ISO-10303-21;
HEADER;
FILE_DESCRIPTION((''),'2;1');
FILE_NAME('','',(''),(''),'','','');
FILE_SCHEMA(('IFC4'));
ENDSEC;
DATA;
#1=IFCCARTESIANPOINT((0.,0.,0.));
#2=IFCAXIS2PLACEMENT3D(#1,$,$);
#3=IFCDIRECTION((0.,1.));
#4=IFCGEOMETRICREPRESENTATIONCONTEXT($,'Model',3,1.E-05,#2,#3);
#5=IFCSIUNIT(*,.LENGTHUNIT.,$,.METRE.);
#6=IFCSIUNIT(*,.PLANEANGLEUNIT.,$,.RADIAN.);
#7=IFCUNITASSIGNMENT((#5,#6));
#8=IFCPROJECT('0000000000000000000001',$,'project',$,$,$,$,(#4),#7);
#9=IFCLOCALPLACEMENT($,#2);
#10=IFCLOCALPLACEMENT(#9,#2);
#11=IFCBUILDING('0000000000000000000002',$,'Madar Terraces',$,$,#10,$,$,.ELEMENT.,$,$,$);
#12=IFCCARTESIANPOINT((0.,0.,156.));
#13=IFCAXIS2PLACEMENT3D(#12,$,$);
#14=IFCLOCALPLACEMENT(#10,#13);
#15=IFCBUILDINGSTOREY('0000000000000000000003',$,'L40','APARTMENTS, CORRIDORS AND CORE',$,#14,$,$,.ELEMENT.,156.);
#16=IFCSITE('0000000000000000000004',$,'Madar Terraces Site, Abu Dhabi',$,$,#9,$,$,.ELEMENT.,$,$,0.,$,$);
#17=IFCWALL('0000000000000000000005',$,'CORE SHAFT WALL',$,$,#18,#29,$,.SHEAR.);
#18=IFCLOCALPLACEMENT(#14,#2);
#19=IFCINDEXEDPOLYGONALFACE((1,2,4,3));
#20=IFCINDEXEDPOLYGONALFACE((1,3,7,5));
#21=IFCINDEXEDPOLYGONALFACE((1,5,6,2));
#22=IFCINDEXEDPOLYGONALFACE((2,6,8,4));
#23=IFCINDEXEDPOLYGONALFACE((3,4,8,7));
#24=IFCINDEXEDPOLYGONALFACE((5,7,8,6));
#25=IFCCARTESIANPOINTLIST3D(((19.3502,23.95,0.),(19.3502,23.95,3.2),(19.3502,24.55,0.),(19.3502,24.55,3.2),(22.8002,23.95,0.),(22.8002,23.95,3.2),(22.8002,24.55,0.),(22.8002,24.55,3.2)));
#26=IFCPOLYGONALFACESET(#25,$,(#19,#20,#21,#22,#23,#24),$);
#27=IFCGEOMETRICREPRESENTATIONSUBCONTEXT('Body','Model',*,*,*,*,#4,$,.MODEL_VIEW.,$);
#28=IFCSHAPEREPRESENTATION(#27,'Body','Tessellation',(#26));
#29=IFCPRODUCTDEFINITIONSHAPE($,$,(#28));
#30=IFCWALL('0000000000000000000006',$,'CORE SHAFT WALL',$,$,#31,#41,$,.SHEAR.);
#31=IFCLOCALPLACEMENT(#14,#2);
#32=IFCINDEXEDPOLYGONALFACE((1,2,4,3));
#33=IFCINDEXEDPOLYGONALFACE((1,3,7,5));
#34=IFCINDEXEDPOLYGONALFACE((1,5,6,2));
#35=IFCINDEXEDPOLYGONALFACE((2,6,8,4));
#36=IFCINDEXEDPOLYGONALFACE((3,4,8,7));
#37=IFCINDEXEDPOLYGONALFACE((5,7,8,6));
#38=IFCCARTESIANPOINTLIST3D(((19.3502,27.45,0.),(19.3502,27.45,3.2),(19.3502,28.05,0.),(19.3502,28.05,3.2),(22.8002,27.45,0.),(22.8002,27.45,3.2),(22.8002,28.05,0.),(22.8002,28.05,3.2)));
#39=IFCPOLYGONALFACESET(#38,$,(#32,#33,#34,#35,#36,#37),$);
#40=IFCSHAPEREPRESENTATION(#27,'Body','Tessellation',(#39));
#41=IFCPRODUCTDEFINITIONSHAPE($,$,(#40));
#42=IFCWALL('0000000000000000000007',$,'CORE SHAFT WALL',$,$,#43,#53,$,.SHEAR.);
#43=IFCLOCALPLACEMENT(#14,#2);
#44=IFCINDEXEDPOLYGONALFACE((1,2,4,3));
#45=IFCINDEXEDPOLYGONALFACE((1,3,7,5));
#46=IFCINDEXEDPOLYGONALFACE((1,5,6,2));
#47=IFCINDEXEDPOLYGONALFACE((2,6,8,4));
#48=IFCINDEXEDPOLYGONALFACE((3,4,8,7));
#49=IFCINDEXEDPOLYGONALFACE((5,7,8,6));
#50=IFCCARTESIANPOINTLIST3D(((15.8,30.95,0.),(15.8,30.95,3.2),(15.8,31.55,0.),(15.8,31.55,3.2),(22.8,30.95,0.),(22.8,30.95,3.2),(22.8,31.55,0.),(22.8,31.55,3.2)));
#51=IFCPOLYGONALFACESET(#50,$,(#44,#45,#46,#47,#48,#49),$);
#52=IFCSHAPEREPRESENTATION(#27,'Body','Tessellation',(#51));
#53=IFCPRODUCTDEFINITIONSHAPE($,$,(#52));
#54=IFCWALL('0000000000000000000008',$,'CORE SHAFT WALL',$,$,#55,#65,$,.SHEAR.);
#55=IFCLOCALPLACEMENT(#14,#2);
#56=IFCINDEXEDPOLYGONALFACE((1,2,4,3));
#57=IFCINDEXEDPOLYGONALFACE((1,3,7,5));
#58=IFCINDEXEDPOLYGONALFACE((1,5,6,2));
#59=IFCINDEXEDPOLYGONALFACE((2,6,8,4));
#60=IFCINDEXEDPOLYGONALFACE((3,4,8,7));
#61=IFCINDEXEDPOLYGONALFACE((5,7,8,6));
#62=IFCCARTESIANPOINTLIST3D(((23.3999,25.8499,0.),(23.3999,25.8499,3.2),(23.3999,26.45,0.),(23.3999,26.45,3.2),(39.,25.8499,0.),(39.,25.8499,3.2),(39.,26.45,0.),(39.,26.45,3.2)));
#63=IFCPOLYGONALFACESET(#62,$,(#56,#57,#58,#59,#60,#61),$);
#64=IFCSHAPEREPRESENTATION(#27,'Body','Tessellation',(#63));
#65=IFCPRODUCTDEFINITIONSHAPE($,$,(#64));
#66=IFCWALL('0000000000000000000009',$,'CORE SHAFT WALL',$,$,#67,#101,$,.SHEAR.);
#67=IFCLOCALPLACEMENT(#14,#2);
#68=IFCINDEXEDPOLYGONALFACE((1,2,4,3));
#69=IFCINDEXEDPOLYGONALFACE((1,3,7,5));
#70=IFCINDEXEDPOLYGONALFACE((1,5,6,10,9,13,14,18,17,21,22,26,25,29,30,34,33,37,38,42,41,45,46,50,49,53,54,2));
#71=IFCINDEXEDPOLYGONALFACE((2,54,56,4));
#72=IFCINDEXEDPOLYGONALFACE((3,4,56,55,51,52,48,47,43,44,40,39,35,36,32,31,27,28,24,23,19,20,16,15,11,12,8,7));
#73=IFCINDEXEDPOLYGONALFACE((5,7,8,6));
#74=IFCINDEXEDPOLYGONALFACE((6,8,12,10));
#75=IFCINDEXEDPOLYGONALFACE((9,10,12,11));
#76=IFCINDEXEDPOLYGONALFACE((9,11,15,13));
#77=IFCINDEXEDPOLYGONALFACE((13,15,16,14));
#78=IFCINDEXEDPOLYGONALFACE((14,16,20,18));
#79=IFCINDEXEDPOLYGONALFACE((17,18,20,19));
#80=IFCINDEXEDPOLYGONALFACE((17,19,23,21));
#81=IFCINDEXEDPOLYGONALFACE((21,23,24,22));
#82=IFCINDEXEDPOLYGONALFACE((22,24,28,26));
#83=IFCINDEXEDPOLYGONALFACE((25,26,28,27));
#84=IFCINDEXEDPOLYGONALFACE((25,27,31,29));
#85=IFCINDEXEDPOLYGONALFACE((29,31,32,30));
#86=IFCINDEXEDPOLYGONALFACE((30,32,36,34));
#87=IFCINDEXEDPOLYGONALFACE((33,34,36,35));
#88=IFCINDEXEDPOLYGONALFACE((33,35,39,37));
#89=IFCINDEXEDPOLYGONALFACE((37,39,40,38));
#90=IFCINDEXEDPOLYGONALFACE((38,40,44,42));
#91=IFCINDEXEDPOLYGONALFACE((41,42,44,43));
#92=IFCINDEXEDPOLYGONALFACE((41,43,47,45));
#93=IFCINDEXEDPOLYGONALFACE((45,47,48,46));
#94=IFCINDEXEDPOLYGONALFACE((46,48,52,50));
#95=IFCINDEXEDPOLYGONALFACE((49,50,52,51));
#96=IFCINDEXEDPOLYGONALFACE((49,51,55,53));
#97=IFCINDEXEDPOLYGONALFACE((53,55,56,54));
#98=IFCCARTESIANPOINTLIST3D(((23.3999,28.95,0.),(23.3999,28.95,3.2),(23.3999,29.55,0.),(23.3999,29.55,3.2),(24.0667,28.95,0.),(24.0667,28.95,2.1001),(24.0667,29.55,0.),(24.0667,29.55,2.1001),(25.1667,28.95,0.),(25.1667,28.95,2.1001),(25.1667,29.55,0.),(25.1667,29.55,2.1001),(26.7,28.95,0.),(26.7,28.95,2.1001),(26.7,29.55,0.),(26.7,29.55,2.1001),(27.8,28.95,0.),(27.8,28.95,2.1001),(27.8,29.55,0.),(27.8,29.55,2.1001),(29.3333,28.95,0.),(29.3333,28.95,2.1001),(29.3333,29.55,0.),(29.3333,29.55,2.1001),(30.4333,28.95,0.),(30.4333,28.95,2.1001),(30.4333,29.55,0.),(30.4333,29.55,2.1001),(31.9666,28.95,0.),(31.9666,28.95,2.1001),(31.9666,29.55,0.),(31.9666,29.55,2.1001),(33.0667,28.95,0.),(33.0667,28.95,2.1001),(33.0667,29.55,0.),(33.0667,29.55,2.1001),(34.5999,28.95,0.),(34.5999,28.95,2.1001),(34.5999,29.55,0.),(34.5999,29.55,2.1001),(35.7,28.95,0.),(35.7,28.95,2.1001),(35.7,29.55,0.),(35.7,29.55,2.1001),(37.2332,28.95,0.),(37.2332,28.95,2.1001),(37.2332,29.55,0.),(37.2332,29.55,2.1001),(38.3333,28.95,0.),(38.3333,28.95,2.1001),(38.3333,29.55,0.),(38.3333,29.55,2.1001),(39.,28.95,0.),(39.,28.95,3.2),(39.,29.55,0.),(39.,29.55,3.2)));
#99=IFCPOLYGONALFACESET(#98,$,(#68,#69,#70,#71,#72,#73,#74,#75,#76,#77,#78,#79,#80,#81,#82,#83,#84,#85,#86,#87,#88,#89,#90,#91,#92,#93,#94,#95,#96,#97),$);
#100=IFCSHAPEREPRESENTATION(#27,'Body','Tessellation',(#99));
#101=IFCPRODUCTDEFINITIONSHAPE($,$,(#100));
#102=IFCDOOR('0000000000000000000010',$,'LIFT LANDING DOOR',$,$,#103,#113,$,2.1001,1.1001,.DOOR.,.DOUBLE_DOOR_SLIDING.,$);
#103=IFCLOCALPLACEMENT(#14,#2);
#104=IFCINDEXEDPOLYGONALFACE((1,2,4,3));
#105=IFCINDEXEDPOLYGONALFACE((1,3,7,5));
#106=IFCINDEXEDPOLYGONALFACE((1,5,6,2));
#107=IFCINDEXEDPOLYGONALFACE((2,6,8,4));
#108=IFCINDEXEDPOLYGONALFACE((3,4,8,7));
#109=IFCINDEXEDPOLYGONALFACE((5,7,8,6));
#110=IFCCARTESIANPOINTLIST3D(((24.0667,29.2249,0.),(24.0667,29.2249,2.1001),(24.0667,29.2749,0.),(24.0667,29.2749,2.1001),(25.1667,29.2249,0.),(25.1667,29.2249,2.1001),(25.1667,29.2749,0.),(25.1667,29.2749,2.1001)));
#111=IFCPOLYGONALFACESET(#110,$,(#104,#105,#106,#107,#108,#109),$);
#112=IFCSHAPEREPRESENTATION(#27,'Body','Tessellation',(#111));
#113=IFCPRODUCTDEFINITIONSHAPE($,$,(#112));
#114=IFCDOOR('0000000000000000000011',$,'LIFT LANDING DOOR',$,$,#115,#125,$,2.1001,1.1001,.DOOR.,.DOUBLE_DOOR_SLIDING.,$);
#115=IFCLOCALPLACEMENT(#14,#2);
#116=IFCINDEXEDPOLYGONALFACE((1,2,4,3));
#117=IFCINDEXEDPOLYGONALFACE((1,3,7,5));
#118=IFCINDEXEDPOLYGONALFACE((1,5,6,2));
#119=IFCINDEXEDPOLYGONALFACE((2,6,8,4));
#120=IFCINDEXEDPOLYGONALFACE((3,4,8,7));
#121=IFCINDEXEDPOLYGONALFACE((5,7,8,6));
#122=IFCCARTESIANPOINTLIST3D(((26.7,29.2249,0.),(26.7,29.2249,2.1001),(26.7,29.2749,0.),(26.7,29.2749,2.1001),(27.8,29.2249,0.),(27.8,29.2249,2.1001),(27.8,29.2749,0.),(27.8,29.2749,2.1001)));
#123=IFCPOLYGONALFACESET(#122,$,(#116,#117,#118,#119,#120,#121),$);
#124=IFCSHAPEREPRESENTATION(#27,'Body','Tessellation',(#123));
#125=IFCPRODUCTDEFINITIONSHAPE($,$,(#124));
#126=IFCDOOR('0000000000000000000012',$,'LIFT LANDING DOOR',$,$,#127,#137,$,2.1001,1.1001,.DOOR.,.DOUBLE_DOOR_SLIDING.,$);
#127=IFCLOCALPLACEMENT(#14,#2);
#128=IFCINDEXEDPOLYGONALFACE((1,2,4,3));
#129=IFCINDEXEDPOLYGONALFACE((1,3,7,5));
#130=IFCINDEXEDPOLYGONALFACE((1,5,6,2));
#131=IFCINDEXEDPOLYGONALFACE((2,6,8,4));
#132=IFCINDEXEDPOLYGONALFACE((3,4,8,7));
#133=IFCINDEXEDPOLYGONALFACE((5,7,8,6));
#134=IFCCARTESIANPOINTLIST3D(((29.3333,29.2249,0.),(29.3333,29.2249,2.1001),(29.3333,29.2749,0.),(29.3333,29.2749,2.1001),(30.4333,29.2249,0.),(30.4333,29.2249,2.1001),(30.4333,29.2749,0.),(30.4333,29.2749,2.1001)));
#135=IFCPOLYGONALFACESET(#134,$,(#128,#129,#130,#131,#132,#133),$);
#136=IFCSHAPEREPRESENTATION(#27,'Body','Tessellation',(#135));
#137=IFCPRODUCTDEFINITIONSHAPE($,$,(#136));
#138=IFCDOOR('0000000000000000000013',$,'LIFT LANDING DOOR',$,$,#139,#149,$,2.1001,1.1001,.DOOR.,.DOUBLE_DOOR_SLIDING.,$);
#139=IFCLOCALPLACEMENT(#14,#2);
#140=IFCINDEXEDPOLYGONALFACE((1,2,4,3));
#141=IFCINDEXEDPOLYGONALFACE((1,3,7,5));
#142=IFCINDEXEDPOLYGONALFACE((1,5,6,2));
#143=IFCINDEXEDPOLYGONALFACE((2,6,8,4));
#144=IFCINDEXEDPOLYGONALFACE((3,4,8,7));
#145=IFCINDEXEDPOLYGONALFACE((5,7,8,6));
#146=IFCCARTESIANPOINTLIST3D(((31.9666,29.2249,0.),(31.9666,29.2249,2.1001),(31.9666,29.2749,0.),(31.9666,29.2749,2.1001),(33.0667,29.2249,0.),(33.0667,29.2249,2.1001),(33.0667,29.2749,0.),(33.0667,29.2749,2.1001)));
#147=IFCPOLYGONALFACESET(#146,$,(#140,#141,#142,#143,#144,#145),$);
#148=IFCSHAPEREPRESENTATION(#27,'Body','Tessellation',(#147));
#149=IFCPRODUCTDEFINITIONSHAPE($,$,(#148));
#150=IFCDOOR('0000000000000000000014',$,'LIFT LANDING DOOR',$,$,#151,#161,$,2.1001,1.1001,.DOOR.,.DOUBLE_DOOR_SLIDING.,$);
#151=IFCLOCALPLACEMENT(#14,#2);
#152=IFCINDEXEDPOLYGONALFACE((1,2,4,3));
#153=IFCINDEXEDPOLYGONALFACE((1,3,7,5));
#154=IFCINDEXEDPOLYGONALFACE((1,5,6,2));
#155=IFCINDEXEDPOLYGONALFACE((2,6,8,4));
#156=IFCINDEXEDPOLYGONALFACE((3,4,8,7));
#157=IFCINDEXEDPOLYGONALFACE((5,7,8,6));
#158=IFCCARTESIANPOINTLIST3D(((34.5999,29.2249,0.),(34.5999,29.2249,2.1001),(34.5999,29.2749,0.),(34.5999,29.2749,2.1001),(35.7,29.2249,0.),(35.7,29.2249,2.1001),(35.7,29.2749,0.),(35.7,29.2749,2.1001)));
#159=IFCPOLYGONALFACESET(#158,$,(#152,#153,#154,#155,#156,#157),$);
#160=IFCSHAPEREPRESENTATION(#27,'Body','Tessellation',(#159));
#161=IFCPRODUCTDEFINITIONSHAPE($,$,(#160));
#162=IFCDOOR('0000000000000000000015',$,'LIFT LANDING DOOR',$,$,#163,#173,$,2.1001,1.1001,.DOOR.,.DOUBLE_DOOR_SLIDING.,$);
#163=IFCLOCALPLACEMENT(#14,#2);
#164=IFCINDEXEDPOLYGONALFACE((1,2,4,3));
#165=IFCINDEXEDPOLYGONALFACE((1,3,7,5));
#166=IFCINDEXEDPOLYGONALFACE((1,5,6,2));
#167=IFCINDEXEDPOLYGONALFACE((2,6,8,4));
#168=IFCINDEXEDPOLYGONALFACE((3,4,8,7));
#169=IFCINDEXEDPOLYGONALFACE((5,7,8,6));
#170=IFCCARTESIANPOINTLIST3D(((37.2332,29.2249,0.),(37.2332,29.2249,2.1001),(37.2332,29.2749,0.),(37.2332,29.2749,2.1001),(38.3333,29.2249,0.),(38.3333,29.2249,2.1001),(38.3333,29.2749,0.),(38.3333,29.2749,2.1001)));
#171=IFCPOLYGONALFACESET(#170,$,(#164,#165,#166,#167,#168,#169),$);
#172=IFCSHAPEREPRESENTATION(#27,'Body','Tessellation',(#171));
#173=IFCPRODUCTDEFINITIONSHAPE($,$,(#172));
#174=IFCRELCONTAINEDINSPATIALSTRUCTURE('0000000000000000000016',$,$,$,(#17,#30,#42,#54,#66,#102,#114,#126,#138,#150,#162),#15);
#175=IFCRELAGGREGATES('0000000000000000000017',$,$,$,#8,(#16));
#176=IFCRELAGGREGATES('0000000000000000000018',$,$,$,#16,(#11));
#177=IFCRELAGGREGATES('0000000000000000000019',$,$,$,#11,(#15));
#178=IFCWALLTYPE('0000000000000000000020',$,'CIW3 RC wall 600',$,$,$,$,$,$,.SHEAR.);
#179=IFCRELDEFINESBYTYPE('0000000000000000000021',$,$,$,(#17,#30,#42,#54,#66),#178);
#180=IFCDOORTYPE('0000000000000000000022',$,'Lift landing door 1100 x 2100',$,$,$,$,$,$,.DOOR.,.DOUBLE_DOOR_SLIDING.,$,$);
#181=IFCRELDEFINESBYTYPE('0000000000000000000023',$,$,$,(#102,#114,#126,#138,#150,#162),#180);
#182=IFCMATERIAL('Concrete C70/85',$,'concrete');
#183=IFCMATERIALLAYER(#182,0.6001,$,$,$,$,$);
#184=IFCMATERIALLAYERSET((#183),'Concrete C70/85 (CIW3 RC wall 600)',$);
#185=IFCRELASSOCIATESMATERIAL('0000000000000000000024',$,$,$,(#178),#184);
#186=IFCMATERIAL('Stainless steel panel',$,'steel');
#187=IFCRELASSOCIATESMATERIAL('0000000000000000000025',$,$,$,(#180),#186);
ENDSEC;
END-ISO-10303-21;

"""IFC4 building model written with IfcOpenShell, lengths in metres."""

from ifc_helpers import new_model, si_unit, direction, frame, frame_2d, origin, place, context, subcontext, project, spatial, rectangle, extrude, material, layer, layer_set, type_object, element, fill, save


model = new_model("IFC4")

# Units and contexts
model_context = context("Model", 3, precision=1e-05, world=origin(), true_north=direction((0.0, 1.0)))
body_context = subcontext(model_context, "Body", "Model", "MODEL_VIEW")
ifc_project = project(units=[si_unit("LENGTHUNIT", "METRE"), si_unit("PLANEANGLEUNIT", "RADIAN")], contexts=[model_context])

# Site, building, storey
site_placement = place(None, origin())
site = spatial("IfcSite", under=ifc_project, at=site_placement, Name="Madar Terraces Site, Abu Dhabi", CompositionType="ELEMENT", RefElevation=0.0)
building_placement = place(site_placement, origin())
building = spatial("IfcBuilding", under=site, at=building_placement, Name="Madar Terraces", CompositionType="ELEMENT")
storey_placement = place(building_placement, frame((0.0, 0.0, 156.0)))
storey = spatial("IfcBuildingStorey", under=building, at=storey_placement, Name="L40", Description="APARTMENTS, CORRIDORS AND CORE", CompositionType="ELEMENT", Elevation=156.0)

# Walls
ifc_material_1 = material(Name="Concrete C70/85", Category="concrete")
ifc_layer_1 = layer(ifc_material_1, 0.6001)
ifc_layer_set_1 = layer_set([ifc_layer_1], Name="Concrete C70/85 (CIW3 RC wall 600)")
wall_type_1 = type_object("IfcWallType", Name="CIW3 RC wall 600", PredefinedType="SHEAR", material=ifc_layer_set_1)
for number, where, z_axis, x_axis, name in (
    (1, (19.3501, 24.25, 0.0), (0.0, 0.0, 1.0), (1.0, 0.0, 0.0), "CORE SHAFT WALL"),
    (2, (19.3501, 27.75, 0.0), (0.0, 0.0, 1.0), (1.0, 0.0, 0.0), "CORE SHAFT WALL"),
):
    element("IfcWall", number, at=place(storey_placement, frame(where, z_axis=z_axis, x_axis=x_axis)), inside=storey, type_object=wall_type_1, Name=name, PredefinedType="SHEAR", context=body_context, shape_type="SweptSolid", body=[
        extrude(rectangle(XDim=3.45, YDim=0.6001, at=frame_2d((1.7251, 0.0))), origin(), (0.0, 0.0, 1.0), 3.2),
    ])
wall_1_placement = place(storey_placement, frame((15.8, 31.25, 0.0), z_axis=(0.0, 0.0, 1.0), x_axis=(1.0, 0.0, 0.0)))
element("IfcWall", 3, at=wall_1_placement, inside=storey, type_object=wall_type_1, Name="CORE SHAFT WALL", PredefinedType="SHEAR", context=body_context, shape_type="SweptSolid", body=[
    extrude(rectangle(XDim=7.0, YDim=0.6001, at=frame_2d((3.5, 0.0))), origin(), (0.0, 0.0, 1.0), 3.2),
])
wall_2_placement = place(storey_placement, frame((23.3999, 26.1499, 0.0), z_axis=(0.0, 0.0, 1.0), x_axis=(1.0, 0.0, 0.0)))
element("IfcWall", 4, at=wall_2_placement, inside=storey, type_object=wall_type_1, Name="CORE SHAFT WALL", PredefinedType="SHEAR", context=body_context, shape_type="SweptSolid", body=[
    extrude(rectangle(XDim=15.6001, YDim=0.6001, at=frame_2d((7.8, 0.0))), origin(), (0.0, 0.0, 1.0), 3.2),
])

# Wall, openings, doors
wall_3_placement = place(storey_placement, frame((23.3999, 29.25, 0.0), z_axis=(0.0, 0.0, 1.0), x_axis=(1.0, 0.0, 0.0)))
wall_3 = element("IfcWall", 5, at=wall_3_placement, inside=storey, type_object=wall_type_1, Name="CORE SHAFT WALL", PredefinedType="SHEAR", context=body_context, shape_type="SweptSolid", body=[
    extrude(rectangle(XDim=15.6001, YDim=0.6001, at=frame_2d((7.8, 0.0))), origin(), (0.0, 0.0, 1.0), 3.2),
])
opening_1_placement = place(wall_3_placement, frame((0.6667, 0.0, 0.0)))
opening_1 = element("IfcOpeningElement", 6, at=opening_1_placement, cuts=wall_3, PredefinedType="OPENING", context=body_context, shape_type="SweptSolid", body=[
    extrude(rectangle(XDim=1.1001, YDim=2.1001, at=frame_2d((0.55, 1.05))), frame((0.0, 0.3101, 0.0), z_axis=(0.0, -1.0, 0.0), x_axis=(1.0, 0.0, 0.0)), (0.0, 0.0, 1.0), 0.6201),
])
opening_2_placement = place(wall_3_placement, frame((3.3, 0.0, 0.0)))
opening_2 = element("IfcOpeningElement", 7, at=opening_2_placement, cuts=wall_3, PredefinedType="OPENING", context=body_context, shape_type="SweptSolid", body=[
    extrude(rectangle(XDim=1.1001, YDim=2.1001, at=frame_2d((0.55, 1.05))), frame((0.0, 0.3101, 0.0), z_axis=(0.0, -1.0, 0.0), x_axis=(1.0, 0.0, 0.0)), (0.0, 0.0, 1.0), 0.6201),
])
opening_3_placement = place(wall_3_placement, frame((5.9333, 0.0, 0.0)))
opening_3 = element("IfcOpeningElement", 8, at=opening_3_placement, cuts=wall_3, PredefinedType="OPENING", context=body_context, shape_type="SweptSolid", body=[
    extrude(rectangle(XDim=1.1001, YDim=2.1001, at=frame_2d((0.55, 1.05))), frame((0.0, 0.3101, 0.0), z_axis=(0.0, -1.0, 0.0), x_axis=(1.0, 0.0, 0.0)), (0.0, 0.0, 1.0), 0.6201),
])
opening_4_placement = place(wall_3_placement, frame((8.5667, 0.0, 0.0)))
opening_4 = element("IfcOpeningElement", 9, at=opening_4_placement, cuts=wall_3, PredefinedType="OPENING", context=body_context, shape_type="SweptSolid", body=[
    extrude(rectangle(XDim=1.1001, YDim=2.1001, at=frame_2d((0.55, 1.05))), frame((0.0, 0.3101, 0.0), z_axis=(0.0, -1.0, 0.0), x_axis=(1.0, 0.0, 0.0)), (0.0, 0.0, 1.0), 0.6201),
])
opening_5_placement = place(wall_3_placement, frame((11.2, 0.0, 0.0)))
opening_5 = element("IfcOpeningElement", 10, at=opening_5_placement, cuts=wall_3, PredefinedType="OPENING", context=body_context, shape_type="SweptSolid", body=[
    extrude(rectangle(XDim=1.1001, YDim=2.1001, at=frame_2d((0.55, 1.05))), frame((0.0, 0.3101, 0.0), z_axis=(0.0, -1.0, 0.0), x_axis=(1.0, 0.0, 0.0)), (0.0, 0.0, 1.0), 0.6201),
])
opening_6_placement = place(wall_3_placement, frame((13.8333, 0.0, 0.0)))
opening_6 = element("IfcOpeningElement", 11, at=opening_6_placement, cuts=wall_3, PredefinedType="OPENING", context=body_context, shape_type="SweptSolid", body=[
    extrude(rectangle(XDim=1.1001, YDim=2.1001, at=frame_2d((0.55, 1.05))), frame((0.0, 0.3101, 0.0), z_axis=(0.0, -1.0, 0.0), x_axis=(1.0, 0.0, 0.0)), (0.0, 0.0, 1.0), 0.6201),
])
ifc_material_2 = material(Name="Stainless steel panel", Category="steel")
door_type = type_object("IfcDoorType", Name="Lift landing door 1100 x 2100", OperationType="DOUBLE_DOOR_SLIDING", PredefinedType="DOOR", material=ifc_material_2)
door_1_placement = place(opening_1_placement, origin())
door_1 = element("IfcDoor", 12, at=door_1_placement, inside=storey, type_object=door_type, Name="LIFT LANDING DOOR", OperationType="DOUBLE_DOOR_SLIDING", OverallHeight=2.1001, OverallWidth=1.1001, PredefinedType="DOOR", context=body_context, shape_type="SweptSolid", body=[
    extrude(rectangle(XDim=1.1001, YDim=2.1001, at=frame_2d((0.55, 1.05))), frame((0.0, 0.0249, 0.0), z_axis=(0.0, -1.0, 0.0), x_axis=(1.0, 0.0, 0.0)), (0.0, 0.0, 1.0), 0.05),
])
fill(opening_1, door_1)
door_2_placement = place(opening_2_placement, origin())
door_2 = element("IfcDoor", 13, at=door_2_placement, inside=storey, type_object=door_type, Name="LIFT LANDING DOOR", OperationType="DOUBLE_DOOR_SLIDING", OverallHeight=2.1001, OverallWidth=1.1001, PredefinedType="DOOR", context=body_context, shape_type="SweptSolid", body=[
    extrude(rectangle(XDim=1.1001, YDim=2.1001, at=frame_2d((0.55, 1.05))), frame((0.0, 0.0249, 0.0), z_axis=(0.0, -1.0, 0.0), x_axis=(1.0, 0.0, 0.0)), (0.0, 0.0, 1.0), 0.05),
])
fill(opening_2, door_2)
door_3_placement = place(opening_3_placement, origin())
door_3 = element("IfcDoor", 14, at=door_3_placement, inside=storey, type_object=door_type, Name="LIFT LANDING DOOR", OperationType="DOUBLE_DOOR_SLIDING", OverallHeight=2.1001, OverallWidth=1.1001, PredefinedType="DOOR", context=body_context, shape_type="SweptSolid", body=[
    extrude(rectangle(XDim=1.1001, YDim=2.1001, at=frame_2d((0.55, 1.05))), frame((0.0, 0.0249, 0.0), z_axis=(0.0, -1.0, 0.0), x_axis=(1.0, 0.0, 0.0)), (0.0, 0.0, 1.0), 0.05),
])
fill(opening_3, door_3)
door_4_placement = place(opening_4_placement, origin())
door_4 = element("IfcDoor", 15, at=door_4_placement, inside=storey, type_object=door_type, Name="LIFT LANDING DOOR", OperationType="DOUBLE_DOOR_SLIDING", OverallHeight=2.1001, OverallWidth=1.1001, PredefinedType="DOOR", context=body_context, shape_type="SweptSolid", body=[
    extrude(rectangle(XDim=1.1001, YDim=2.1001, at=frame_2d((0.55, 1.05))), frame((0.0, 0.0249, 0.0), z_axis=(0.0, -1.0, 0.0), x_axis=(1.0, 0.0, 0.0)), (0.0, 0.0, 1.0), 0.05),
])
fill(opening_4, door_4)
door_5_placement = place(opening_5_placement, origin())
door_5 = element("IfcDoor", 16, at=door_5_placement, inside=storey, type_object=door_type, Name="LIFT LANDING DOOR", OperationType="DOUBLE_DOOR_SLIDING", OverallHeight=2.1001, OverallWidth=1.1001, PredefinedType="DOOR", context=body_context, shape_type="SweptSolid", body=[
    extrude(rectangle(XDim=1.1001, YDim=2.1001, at=frame_2d((0.55, 1.05))), frame((0.0, 0.0249, 0.0), z_axis=(0.0, -1.0, 0.0), x_axis=(1.0, 0.0, 0.0)), (0.0, 0.0, 1.0), 0.05),
])
fill(opening_5, door_5)
door_6_placement = place(opening_6_placement, origin())
door_6 = element("IfcDoor", 17, at=door_6_placement, inside=storey, type_object=door_type, Name="LIFT LANDING DOOR", OperationType="DOUBLE_DOOR_SLIDING", OverallHeight=2.1001, OverallWidth=1.1001, PredefinedType="DOOR", context=body_context, shape_type="SweptSolid", body=[
    extrude(rectangle(XDim=1.1001, YDim=2.1001, at=frame_2d((0.55, 1.05))), frame((0.0, 0.0249, 0.0), z_axis=(0.0, -1.0, 0.0), x_axis=(1.0, 0.0, 0.0)), (0.0, 0.0, 1.0), 0.05),
])
fill(opening_6, door_6)

save(model, "model.ifc")
